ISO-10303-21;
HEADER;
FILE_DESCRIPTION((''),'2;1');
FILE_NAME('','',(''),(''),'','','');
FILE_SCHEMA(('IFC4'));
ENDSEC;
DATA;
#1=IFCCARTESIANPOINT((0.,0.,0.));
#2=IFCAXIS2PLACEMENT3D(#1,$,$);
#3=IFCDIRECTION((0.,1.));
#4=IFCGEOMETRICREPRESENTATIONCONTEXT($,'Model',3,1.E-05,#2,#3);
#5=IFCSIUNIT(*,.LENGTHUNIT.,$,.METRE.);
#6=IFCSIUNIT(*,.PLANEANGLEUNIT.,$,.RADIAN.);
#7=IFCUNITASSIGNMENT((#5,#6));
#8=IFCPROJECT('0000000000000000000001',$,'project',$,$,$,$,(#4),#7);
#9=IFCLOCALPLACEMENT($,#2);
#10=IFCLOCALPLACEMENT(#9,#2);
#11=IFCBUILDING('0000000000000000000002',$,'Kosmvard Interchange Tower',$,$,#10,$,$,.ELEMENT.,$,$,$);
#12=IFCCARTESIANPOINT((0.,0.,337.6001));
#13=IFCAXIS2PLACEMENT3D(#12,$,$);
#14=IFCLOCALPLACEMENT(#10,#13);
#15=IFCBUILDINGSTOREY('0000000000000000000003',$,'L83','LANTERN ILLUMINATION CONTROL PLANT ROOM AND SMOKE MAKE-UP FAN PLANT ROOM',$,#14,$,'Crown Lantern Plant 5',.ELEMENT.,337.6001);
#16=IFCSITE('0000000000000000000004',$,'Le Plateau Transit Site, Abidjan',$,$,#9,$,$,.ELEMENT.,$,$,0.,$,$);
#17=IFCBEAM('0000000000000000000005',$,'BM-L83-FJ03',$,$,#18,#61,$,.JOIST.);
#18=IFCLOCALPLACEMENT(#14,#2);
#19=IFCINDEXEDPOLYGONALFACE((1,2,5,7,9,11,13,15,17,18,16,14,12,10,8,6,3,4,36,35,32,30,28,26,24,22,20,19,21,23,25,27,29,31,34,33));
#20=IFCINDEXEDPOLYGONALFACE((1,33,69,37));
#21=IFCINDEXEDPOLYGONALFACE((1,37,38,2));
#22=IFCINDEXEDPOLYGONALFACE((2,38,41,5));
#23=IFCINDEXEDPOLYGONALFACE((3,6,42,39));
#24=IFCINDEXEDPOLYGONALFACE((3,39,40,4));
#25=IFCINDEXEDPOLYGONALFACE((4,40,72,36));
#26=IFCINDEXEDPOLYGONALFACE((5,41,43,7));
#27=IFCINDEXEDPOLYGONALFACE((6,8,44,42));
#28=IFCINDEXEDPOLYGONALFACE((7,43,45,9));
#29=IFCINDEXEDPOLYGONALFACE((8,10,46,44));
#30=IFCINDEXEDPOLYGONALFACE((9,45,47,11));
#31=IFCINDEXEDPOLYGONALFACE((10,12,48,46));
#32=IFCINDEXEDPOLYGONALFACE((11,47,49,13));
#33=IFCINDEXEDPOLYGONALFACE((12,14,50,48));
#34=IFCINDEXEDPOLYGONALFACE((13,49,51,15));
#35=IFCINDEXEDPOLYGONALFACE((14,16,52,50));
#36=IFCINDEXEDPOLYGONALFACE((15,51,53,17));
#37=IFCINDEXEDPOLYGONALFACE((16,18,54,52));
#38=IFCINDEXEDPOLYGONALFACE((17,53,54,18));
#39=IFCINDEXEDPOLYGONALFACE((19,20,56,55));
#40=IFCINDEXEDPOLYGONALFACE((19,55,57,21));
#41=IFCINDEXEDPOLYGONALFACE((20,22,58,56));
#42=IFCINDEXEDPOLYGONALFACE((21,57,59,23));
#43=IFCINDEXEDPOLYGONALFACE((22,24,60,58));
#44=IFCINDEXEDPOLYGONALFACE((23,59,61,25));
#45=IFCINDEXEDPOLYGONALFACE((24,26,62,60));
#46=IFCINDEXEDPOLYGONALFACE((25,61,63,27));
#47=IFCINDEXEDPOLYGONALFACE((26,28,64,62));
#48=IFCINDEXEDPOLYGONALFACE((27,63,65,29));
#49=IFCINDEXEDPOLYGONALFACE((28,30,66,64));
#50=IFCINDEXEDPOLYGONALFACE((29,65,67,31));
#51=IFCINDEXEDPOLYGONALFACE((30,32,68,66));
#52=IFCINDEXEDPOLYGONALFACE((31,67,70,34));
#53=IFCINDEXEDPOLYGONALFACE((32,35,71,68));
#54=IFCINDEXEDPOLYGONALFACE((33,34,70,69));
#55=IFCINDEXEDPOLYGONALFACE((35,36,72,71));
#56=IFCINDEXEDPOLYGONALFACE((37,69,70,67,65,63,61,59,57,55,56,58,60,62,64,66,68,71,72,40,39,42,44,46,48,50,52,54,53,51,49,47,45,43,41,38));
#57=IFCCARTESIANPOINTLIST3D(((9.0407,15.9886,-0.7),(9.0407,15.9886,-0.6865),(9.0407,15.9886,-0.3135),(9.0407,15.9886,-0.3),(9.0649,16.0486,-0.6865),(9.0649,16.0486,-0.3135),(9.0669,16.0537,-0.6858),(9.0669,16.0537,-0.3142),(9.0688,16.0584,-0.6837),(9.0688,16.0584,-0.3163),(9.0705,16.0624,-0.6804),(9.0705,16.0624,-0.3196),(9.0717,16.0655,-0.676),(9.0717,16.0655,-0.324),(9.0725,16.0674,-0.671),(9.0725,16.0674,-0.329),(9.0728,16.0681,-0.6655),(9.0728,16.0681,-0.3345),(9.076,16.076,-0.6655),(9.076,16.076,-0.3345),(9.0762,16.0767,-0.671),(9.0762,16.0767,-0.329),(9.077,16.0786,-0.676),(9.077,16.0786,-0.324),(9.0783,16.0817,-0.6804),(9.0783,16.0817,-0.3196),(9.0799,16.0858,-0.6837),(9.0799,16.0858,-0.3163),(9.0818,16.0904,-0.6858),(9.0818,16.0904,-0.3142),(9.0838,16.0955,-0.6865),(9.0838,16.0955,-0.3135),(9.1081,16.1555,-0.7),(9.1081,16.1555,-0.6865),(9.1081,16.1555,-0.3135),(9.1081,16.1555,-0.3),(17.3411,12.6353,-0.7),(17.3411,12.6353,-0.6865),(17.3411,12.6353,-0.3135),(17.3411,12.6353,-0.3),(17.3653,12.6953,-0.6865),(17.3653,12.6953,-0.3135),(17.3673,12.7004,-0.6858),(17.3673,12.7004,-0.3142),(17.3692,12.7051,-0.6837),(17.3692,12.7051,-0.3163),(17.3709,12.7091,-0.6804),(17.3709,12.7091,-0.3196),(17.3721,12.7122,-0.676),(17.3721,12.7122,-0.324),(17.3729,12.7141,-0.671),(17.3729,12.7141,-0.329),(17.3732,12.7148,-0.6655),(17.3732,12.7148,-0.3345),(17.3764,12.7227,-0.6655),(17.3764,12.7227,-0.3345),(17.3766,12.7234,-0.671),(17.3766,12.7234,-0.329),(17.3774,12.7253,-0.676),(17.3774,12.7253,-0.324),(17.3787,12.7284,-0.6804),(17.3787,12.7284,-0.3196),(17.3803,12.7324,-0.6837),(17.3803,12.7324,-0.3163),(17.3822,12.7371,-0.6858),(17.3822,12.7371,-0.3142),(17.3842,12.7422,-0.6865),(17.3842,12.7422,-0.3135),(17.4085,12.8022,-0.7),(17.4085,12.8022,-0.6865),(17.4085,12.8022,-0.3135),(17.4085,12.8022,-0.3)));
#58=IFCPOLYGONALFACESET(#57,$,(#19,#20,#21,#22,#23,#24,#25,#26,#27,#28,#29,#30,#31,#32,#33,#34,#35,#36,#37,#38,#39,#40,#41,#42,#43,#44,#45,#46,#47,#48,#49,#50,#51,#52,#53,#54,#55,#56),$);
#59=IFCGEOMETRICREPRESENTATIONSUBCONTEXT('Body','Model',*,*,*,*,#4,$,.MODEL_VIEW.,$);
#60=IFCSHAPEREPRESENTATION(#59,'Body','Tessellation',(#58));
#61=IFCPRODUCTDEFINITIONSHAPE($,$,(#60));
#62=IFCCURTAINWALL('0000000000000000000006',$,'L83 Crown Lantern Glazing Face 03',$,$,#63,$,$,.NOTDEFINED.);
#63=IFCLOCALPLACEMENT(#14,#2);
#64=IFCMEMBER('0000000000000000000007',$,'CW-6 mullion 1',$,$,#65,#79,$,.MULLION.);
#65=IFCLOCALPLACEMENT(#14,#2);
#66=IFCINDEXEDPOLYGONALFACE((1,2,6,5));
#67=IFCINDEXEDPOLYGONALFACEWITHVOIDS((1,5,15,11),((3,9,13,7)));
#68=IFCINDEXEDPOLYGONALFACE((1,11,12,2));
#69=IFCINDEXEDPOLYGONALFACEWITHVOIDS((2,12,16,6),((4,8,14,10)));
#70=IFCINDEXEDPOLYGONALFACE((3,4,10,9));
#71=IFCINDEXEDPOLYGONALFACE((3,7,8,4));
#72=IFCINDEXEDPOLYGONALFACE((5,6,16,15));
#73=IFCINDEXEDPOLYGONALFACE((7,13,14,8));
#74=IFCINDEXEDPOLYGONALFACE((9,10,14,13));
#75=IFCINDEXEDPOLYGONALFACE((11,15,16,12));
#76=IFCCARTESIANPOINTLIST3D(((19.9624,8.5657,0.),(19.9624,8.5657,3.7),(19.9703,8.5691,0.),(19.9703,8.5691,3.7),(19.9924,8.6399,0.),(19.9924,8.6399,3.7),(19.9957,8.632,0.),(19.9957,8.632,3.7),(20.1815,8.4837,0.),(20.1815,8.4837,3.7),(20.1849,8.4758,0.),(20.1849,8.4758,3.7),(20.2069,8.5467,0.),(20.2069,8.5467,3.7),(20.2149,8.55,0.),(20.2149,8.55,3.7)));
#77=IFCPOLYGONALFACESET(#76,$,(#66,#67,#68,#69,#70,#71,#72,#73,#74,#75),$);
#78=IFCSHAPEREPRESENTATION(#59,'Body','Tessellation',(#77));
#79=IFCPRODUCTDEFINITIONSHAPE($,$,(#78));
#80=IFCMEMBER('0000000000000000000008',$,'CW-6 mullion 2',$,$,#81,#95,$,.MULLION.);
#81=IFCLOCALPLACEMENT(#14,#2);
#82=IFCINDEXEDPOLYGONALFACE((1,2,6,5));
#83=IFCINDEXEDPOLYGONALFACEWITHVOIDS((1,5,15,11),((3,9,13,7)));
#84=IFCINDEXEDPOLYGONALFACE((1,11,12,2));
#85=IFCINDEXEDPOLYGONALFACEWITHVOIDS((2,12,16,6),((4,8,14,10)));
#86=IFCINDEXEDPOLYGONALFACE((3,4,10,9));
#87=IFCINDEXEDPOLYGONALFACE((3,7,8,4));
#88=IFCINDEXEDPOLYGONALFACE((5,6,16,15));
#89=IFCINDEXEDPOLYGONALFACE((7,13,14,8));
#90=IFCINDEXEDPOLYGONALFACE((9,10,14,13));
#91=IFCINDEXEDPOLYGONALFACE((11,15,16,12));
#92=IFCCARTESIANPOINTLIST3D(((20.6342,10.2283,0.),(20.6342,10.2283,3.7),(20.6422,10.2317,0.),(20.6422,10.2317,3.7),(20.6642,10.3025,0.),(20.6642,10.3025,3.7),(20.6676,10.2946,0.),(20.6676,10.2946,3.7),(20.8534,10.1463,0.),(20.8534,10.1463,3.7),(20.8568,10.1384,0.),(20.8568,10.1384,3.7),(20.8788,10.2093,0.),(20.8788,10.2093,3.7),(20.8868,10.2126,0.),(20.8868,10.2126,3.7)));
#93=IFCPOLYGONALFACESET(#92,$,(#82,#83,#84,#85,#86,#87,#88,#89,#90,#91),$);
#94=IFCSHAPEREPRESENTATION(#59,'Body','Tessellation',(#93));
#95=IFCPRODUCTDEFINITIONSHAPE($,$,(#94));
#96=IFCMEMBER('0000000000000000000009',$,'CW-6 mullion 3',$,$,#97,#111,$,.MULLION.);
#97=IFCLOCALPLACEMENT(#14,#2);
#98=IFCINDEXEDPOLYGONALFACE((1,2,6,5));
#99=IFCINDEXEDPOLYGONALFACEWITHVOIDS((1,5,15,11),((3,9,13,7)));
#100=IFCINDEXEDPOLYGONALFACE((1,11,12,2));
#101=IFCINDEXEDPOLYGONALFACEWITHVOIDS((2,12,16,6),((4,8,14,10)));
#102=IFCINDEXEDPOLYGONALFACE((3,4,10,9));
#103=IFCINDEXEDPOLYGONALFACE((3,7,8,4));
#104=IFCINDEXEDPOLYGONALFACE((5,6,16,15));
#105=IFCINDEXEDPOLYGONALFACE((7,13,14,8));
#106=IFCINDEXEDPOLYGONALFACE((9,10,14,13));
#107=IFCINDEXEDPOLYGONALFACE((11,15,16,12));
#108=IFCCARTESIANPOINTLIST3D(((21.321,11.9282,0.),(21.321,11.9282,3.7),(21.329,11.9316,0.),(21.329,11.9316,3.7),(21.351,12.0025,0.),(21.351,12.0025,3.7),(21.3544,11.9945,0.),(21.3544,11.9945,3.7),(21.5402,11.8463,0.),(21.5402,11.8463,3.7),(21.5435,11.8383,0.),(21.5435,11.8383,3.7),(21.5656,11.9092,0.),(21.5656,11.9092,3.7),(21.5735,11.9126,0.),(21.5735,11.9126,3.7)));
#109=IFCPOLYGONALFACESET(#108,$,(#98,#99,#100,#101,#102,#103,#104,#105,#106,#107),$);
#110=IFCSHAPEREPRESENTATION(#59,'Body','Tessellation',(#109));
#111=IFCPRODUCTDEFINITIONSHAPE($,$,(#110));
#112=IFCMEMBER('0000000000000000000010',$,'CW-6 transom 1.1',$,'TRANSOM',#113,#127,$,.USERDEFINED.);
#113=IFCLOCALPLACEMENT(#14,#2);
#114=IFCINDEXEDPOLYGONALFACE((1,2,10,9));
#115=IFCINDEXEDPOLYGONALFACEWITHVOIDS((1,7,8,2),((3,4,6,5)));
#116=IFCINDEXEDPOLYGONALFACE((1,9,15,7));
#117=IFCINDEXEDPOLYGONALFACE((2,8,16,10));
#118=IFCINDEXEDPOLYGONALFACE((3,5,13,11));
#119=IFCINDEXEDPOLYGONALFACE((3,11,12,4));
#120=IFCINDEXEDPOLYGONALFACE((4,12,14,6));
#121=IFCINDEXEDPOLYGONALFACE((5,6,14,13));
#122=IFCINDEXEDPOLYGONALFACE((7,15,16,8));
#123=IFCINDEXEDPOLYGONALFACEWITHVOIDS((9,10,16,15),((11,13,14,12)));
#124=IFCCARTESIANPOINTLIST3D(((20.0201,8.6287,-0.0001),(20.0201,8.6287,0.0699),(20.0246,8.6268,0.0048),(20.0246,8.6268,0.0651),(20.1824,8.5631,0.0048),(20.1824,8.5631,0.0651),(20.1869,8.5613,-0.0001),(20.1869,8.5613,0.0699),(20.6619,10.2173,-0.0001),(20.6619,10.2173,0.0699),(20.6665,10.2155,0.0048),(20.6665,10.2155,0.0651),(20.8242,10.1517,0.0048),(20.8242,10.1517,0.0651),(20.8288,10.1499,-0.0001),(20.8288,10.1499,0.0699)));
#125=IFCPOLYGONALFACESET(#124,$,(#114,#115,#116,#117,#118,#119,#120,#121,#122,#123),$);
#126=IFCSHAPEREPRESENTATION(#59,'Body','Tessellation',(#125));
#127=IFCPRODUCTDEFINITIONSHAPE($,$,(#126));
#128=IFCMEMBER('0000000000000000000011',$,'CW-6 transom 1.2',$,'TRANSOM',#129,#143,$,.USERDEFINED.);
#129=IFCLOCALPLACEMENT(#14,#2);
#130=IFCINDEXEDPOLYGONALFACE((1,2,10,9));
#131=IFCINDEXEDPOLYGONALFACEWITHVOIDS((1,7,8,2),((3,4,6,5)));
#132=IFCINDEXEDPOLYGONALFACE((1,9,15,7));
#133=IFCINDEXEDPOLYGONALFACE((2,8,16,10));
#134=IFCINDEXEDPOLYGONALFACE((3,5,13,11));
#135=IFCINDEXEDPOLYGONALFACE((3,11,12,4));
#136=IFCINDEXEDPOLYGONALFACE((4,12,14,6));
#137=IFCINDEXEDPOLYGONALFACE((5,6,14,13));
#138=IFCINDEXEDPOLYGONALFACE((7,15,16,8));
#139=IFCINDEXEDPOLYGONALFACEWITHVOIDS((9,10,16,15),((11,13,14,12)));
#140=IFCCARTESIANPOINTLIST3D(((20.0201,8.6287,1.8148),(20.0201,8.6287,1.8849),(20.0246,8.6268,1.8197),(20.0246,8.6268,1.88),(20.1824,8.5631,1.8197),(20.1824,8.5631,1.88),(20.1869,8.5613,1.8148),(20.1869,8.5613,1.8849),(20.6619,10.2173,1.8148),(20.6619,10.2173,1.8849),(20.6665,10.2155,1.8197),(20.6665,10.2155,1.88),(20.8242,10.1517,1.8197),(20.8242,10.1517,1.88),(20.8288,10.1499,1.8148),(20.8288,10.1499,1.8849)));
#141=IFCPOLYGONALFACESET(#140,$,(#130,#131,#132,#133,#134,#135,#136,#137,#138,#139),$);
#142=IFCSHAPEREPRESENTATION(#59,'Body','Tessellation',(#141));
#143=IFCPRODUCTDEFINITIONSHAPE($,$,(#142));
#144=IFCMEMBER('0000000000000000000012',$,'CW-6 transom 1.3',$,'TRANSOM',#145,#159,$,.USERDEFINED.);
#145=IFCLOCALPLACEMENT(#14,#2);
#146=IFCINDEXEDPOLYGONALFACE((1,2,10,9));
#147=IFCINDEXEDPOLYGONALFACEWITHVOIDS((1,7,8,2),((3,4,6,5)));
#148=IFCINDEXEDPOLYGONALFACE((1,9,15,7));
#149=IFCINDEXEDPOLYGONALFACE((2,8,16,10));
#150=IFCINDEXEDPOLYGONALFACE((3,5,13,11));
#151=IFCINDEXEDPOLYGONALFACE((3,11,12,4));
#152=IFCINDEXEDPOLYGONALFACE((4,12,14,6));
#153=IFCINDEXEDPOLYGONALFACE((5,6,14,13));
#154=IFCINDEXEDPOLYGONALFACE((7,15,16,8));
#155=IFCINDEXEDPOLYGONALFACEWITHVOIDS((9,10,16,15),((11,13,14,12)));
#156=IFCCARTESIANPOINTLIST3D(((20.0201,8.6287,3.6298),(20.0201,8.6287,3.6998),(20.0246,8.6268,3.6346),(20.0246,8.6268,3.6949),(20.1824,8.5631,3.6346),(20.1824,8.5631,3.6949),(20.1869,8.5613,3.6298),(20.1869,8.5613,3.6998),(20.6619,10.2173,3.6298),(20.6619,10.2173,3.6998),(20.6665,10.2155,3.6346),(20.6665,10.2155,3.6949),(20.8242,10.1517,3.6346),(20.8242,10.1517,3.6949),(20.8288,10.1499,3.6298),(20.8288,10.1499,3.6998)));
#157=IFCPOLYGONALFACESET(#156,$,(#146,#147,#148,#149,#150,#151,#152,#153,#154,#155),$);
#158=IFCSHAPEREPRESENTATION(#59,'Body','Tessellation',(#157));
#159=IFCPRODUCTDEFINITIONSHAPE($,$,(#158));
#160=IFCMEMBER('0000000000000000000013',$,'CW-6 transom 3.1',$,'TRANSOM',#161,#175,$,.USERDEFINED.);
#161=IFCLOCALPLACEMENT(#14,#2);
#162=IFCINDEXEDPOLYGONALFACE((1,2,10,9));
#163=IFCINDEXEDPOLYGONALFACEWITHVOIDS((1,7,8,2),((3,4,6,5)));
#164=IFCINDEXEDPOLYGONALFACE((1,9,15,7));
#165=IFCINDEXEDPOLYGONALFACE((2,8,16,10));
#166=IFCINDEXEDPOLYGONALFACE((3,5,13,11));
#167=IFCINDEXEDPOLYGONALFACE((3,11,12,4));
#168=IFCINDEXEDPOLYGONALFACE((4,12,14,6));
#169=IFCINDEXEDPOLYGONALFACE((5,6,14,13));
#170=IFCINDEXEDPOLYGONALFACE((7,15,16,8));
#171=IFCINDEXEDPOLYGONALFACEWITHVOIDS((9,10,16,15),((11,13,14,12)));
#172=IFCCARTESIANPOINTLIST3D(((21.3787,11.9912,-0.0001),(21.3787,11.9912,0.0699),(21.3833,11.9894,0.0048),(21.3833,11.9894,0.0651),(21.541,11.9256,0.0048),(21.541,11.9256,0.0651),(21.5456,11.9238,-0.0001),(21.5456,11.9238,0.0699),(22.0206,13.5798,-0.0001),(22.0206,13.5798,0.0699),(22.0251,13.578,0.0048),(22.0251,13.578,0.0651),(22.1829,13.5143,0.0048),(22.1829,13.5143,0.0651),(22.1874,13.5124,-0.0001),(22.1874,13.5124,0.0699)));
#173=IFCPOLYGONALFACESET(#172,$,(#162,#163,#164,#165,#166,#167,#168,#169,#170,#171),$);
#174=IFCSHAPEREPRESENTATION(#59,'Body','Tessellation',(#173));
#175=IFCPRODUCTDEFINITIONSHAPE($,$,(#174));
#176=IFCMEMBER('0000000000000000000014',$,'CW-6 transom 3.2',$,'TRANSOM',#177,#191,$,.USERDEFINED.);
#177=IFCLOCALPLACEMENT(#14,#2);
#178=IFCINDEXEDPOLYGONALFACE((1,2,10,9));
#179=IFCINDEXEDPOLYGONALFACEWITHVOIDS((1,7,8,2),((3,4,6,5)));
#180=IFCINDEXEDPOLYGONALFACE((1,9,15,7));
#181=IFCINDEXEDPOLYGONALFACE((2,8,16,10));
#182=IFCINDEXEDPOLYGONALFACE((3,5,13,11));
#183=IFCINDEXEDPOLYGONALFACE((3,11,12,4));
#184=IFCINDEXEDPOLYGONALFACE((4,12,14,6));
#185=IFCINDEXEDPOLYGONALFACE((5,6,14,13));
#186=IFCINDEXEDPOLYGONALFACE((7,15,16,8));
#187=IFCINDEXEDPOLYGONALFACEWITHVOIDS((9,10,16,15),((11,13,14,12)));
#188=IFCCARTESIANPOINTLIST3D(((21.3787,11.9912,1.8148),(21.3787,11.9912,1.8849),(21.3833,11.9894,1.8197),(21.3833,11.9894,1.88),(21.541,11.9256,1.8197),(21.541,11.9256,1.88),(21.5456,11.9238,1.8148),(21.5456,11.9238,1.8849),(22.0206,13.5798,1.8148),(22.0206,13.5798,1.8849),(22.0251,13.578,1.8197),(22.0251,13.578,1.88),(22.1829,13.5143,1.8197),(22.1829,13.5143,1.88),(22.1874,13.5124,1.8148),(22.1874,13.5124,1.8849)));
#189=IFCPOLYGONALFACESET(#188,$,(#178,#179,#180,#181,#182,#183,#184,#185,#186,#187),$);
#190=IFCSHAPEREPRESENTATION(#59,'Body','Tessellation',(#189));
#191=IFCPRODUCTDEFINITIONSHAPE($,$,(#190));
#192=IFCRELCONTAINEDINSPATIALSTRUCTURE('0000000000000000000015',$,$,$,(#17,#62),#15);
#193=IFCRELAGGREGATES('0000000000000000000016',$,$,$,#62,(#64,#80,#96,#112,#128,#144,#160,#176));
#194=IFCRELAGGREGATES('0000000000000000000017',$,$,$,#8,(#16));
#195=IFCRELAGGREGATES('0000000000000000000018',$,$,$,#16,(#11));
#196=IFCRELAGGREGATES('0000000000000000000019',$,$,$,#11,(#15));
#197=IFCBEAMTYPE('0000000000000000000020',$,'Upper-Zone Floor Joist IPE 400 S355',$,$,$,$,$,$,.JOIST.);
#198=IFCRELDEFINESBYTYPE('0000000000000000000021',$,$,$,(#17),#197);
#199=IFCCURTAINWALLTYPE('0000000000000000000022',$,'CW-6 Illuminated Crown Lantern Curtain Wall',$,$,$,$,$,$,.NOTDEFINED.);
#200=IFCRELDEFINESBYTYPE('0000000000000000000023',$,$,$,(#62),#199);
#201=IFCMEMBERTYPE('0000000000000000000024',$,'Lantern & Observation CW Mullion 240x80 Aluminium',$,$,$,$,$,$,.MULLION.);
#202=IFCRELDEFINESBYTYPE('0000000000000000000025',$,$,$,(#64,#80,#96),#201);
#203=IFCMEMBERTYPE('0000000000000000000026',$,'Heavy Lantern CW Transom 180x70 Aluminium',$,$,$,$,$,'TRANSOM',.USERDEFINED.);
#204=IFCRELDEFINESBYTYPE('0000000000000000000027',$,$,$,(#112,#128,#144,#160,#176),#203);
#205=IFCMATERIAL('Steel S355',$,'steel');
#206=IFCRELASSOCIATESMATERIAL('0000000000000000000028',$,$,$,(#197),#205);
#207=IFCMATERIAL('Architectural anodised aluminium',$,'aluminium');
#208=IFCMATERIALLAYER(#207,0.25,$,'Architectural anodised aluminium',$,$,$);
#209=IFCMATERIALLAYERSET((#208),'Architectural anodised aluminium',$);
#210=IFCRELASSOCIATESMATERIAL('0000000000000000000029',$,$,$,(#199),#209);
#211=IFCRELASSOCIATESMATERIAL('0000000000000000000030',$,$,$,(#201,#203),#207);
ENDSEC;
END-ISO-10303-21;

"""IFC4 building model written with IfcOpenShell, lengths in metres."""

from ifc_helpers import new_model, si_unit, direction, frame, origin, origin_2d, place, context, subcontext, project, spatial, hollow_rectangle, i_section, extrude, source, transform, mapped, material, layer, layer_set, material_profile, profile_set, type_object, element, aggregate, save


model = new_model("IFC4")

# Units and contexts
model_context = context("Model", 3, precision=1e-05, world=origin(), true_north=direction((0.0, 1.0)))
body_context = subcontext(model_context, "Body", "Model", "MODEL_VIEW")
ifc_project = project(units=[si_unit("LENGTHUNIT", "METRE"), si_unit("PLANEANGLEUNIT", "RADIAN")], contexts=[model_context])

# Site, building, storey
site_placement = place(None, origin())
site = spatial("IfcSite", under=ifc_project, at=site_placement, Name="Le Plateau Transit Site, Abidjan", CompositionType="ELEMENT", RefElevation=0.0)
building_placement = place(site_placement, origin())
building = spatial("IfcBuilding", under=site, at=building_placement, Name="Kosmvard Interchange Tower", CompositionType="ELEMENT")
storey_placement = place(building_placement, frame((0.0, 0.0, 337.6001)))
storey = spatial("IfcBuildingStorey", under=building, at=storey_placement, Name="L83", Description="LANTERN ILLUMINATION CONTROL PLANT ROOM AND SMOKE MAKE-UP FAN PLANT ROOM", LongName="Crown Lantern Plant 5", CompositionType="ELEMENT", Elevation=337.6001)

# Shared definitions
ifc_material_1 = material(Name="Steel S355", Category="steel")

# Beam
ifc_material_profile_1 = material_profile(ifc_material_1, i_section(OverallWidth=0.1799, OverallDepth=0.3999, WebThickness=0.0085, FlangeThickness=0.0134, FilletRadius=0.021, at=origin_2d()), Name="IPE 400")
ifc_profile_set_1 = profile_set([ifc_material_profile_1], Name="Steel S355")
beam_type_1 = type_object("IfcBeamType", Name="Upper-Zone Floor Joist IPE 400 S355", PredefinedType="JOIST", material=ifc_profile_set_1)
shared_shape_1 = source(origin(), body_context, "Body", "SweptSolid", [
    extrude(i_section(OverallWidth=0.1799, OverallDepth=0.3999, WebThickness=0.0085, FlangeThickness=0.0134, FilletRadius=0.021, at=origin_2d()), origin(), (0.0, 0.0, 1.0), 8.9521),
])
beam_1_placement = place(storey_placement, frame((17.3748, 12.7188, -0.5), z_axis=(-0.927194, 0.374581, 0.0), x_axis=(-0.374581, -0.927194, 0.0)))
element("IfcBeam", 1, at=beam_1_placement, inside=storey, type_object=beam_type_1, Name="BM-L83-FJ03", PredefinedType="JOIST", context=body_context, shape_type="MappedRepresentation", body=[
    mapped(shared_shape_1, transform((0.0, 0.0, 0.0), scale=1.0)),
])

# Curtain wall, members
ifc_material_2 = material(Name="Architectural anodised aluminium", Category="aluminium")
ifc_layer_1 = layer(ifc_material_2, 0.25, Name="Architectural anodised aluminium")
ifc_layer_set_1 = layer_set([ifc_layer_1], Name="Architectural anodised aluminium")
curtain_wall_type = type_object("IfcCurtainWallType", Name="CW-6 Illuminated Crown Lantern Curtain Wall", PredefinedType="NOTDEFINED", material=ifc_layer_set_1)
curtain_wall_placement = place(storey_placement, origin())
curtain_wall = element("IfcCurtainWall", 2, at=curtain_wall_placement, inside=storey, type_object=curtain_wall_type, Name="L83 Crown Lantern Glazing Face 03", PredefinedType="NOTDEFINED")
ifc_material_profile_2 = material_profile(ifc_material_2, hollow_rectangle(XDim=0.24, YDim=0.0801, WallThickness=0.0061, at=origin_2d()), Name="CWM 240x80x6")
ifc_profile_set_2 = profile_set([ifc_material_profile_2], Name="Architectural anodised aluminium")
member_type_1 = type_object("IfcMemberType", Name="Lantern & Observation CW Mullion 240x80 Aluminium", PredefinedType="MULLION", material=ifc_profile_set_2)
shared_shape_2 = source(origin(), body_context, "Body", "SweptSolid", [
    extrude(hollow_rectangle(XDim=0.24, YDim=0.0801, WallThickness=0.0061, at=origin_2d()), origin(), (0.0, 0.0, 1.0), 3.7),
])
member_1_placement = place(storey_placement, frame((20.0886, 8.5579, 0.0), z_axis=(0.0, 0.0, 1.0), x_axis=(-0.927184, 0.374607, 0.0)))
member_1 = element("IfcMember", 3, at=member_1_placement, type_object=member_type_1, Name="CW-6 mullion 1", PredefinedType="MULLION", context=body_context, shape_type="MappedRepresentation", body=[
    mapped(shared_shape_2, transform((0.0, 0.0, 0.0), scale=1.0)),
])
member_2_placement = place(storey_placement, frame((20.7605, 10.2205, 0.0), z_axis=(0.0, 0.0, 1.0), x_axis=(-0.927184, 0.374607, 0.0)))
member_2 = element("IfcMember", 4, at=member_2_placement, type_object=member_type_1, Name="CW-6 mullion 2", PredefinedType="MULLION", context=body_context, shape_type="MappedRepresentation", body=[
    mapped(shared_shape_2, transform((0.0, 0.0, 0.0), scale=1.0)),
])
member_3_placement = place(storey_placement, frame((21.4473, 11.9204, 0.0), z_axis=(0.0, 0.0, 1.0), x_axis=(-0.927184, 0.374607, 0.0)))
member_3 = element("IfcMember", 5, at=member_3_placement, type_object=member_type_1, Name="CW-6 mullion 3", PredefinedType="MULLION", context=body_context, shape_type="MappedRepresentation", body=[
    mapped(shared_shape_2, transform((0.0, 0.0, 0.0), scale=1.0)),
])
ifc_material_profile_3 = material_profile(ifc_material_2, hollow_rectangle(XDim=0.1799, YDim=0.0701, WallThickness=0.0049, at=origin_2d()), Name="CWT 180x70x5")
ifc_profile_set_3 = profile_set([ifc_material_profile_3], Name="Architectural anodised aluminium")
member_type_2 = type_object("IfcMemberType", Name="Heavy Lantern CW Transom 180x70 Aluminium", ElementType="TRANSOM", PredefinedType="USERDEFINED", material=ifc_profile_set_3)
shared_shape_3 = source(origin(), body_context, "Body", "SweptSolid", [
    extrude(hollow_rectangle(XDim=0.1799, YDim=0.0701, WallThickness=0.0049, at=origin_2d()), origin(), (0.0, 0.0, 1.0), 1.7134),
])
member_4_placement = place(storey_placement, frame((20.1035, 8.595, 0.0349), z_axis=(0.374607, 0.927184, 0.0), x_axis=(-0.927184, 0.374607, 0.0)))
member_4 = element("IfcMember", 6, at=member_4_placement, type_object=member_type_2, Name="CW-6 transom 1.1", ObjectType="TRANSOM", PredefinedType="USERDEFINED", context=body_context, shape_type="MappedRepresentation", body=[
    mapped(shared_shape_3, transform((0.0, 0.0, 0.0), scale=1.0)),
])
member_5_placement = place(storey_placement, frame((20.1035, 8.595, 1.8499), z_axis=(0.374607, 0.927184, 0.0), x_axis=(-0.927184, 0.374607, 0.0)))
member_5 = element("IfcMember", 7, at=member_5_placement, type_object=member_type_2, Name="CW-6 transom 1.2", ObjectType="TRANSOM", PredefinedType="USERDEFINED", context=body_context, shape_type="MappedRepresentation", body=[
    mapped(shared_shape_3, transform((0.0, 0.0, 0.0), scale=1.0)),
])
member_6_placement = place(storey_placement, frame((20.1035, 8.595, 3.6648), z_axis=(0.374607, 0.927184, 0.0), x_axis=(-0.927184, 0.374607, 0.0)))
member_6 = element("IfcMember", 8, at=member_6_placement, type_object=member_type_2, Name="CW-6 transom 1.3", ObjectType="TRANSOM", PredefinedType="USERDEFINED", context=body_context, shape_type="MappedRepresentation", body=[
    mapped(shared_shape_3, transform((0.0, 0.0, 0.0), scale=1.0)),
])
member_7_placement = place(storey_placement, frame((21.4622, 11.9575, 0.0349), z_axis=(0.374607, 0.927184, 0.0), x_axis=(-0.927184, 0.374607, 0.0)))
member_7 = element("IfcMember", 9, at=member_7_placement, type_object=member_type_2, Name="CW-6 transom 3.1", ObjectType="TRANSOM", PredefinedType="USERDEFINED", context=body_context, shape_type="MappedRepresentation", body=[
    mapped(shared_shape_3, transform((0.0, 0.0, 0.0), scale=1.0)),
])
member_8_placement = place(storey_placement, frame((21.4622, 11.9575, 1.8499), z_axis=(0.374607, 0.927184, 0.0), x_axis=(-0.927184, 0.374607, 0.0)))
member_8 = element("IfcMember", 10, at=member_8_placement, type_object=member_type_2, Name="CW-6 transom 3.2", ObjectType="TRANSOM", PredefinedType="USERDEFINED", context=body_context, shape_type="MappedRepresentation", body=[
    mapped(shared_shape_3, transform((0.0, 0.0, 0.0), scale=1.0)),
])

aggregate(curtain_wall, [member_1, member_2, member_3, member_4, member_5, member_6, member_7, member_8])

save(model, "model.ifc")
